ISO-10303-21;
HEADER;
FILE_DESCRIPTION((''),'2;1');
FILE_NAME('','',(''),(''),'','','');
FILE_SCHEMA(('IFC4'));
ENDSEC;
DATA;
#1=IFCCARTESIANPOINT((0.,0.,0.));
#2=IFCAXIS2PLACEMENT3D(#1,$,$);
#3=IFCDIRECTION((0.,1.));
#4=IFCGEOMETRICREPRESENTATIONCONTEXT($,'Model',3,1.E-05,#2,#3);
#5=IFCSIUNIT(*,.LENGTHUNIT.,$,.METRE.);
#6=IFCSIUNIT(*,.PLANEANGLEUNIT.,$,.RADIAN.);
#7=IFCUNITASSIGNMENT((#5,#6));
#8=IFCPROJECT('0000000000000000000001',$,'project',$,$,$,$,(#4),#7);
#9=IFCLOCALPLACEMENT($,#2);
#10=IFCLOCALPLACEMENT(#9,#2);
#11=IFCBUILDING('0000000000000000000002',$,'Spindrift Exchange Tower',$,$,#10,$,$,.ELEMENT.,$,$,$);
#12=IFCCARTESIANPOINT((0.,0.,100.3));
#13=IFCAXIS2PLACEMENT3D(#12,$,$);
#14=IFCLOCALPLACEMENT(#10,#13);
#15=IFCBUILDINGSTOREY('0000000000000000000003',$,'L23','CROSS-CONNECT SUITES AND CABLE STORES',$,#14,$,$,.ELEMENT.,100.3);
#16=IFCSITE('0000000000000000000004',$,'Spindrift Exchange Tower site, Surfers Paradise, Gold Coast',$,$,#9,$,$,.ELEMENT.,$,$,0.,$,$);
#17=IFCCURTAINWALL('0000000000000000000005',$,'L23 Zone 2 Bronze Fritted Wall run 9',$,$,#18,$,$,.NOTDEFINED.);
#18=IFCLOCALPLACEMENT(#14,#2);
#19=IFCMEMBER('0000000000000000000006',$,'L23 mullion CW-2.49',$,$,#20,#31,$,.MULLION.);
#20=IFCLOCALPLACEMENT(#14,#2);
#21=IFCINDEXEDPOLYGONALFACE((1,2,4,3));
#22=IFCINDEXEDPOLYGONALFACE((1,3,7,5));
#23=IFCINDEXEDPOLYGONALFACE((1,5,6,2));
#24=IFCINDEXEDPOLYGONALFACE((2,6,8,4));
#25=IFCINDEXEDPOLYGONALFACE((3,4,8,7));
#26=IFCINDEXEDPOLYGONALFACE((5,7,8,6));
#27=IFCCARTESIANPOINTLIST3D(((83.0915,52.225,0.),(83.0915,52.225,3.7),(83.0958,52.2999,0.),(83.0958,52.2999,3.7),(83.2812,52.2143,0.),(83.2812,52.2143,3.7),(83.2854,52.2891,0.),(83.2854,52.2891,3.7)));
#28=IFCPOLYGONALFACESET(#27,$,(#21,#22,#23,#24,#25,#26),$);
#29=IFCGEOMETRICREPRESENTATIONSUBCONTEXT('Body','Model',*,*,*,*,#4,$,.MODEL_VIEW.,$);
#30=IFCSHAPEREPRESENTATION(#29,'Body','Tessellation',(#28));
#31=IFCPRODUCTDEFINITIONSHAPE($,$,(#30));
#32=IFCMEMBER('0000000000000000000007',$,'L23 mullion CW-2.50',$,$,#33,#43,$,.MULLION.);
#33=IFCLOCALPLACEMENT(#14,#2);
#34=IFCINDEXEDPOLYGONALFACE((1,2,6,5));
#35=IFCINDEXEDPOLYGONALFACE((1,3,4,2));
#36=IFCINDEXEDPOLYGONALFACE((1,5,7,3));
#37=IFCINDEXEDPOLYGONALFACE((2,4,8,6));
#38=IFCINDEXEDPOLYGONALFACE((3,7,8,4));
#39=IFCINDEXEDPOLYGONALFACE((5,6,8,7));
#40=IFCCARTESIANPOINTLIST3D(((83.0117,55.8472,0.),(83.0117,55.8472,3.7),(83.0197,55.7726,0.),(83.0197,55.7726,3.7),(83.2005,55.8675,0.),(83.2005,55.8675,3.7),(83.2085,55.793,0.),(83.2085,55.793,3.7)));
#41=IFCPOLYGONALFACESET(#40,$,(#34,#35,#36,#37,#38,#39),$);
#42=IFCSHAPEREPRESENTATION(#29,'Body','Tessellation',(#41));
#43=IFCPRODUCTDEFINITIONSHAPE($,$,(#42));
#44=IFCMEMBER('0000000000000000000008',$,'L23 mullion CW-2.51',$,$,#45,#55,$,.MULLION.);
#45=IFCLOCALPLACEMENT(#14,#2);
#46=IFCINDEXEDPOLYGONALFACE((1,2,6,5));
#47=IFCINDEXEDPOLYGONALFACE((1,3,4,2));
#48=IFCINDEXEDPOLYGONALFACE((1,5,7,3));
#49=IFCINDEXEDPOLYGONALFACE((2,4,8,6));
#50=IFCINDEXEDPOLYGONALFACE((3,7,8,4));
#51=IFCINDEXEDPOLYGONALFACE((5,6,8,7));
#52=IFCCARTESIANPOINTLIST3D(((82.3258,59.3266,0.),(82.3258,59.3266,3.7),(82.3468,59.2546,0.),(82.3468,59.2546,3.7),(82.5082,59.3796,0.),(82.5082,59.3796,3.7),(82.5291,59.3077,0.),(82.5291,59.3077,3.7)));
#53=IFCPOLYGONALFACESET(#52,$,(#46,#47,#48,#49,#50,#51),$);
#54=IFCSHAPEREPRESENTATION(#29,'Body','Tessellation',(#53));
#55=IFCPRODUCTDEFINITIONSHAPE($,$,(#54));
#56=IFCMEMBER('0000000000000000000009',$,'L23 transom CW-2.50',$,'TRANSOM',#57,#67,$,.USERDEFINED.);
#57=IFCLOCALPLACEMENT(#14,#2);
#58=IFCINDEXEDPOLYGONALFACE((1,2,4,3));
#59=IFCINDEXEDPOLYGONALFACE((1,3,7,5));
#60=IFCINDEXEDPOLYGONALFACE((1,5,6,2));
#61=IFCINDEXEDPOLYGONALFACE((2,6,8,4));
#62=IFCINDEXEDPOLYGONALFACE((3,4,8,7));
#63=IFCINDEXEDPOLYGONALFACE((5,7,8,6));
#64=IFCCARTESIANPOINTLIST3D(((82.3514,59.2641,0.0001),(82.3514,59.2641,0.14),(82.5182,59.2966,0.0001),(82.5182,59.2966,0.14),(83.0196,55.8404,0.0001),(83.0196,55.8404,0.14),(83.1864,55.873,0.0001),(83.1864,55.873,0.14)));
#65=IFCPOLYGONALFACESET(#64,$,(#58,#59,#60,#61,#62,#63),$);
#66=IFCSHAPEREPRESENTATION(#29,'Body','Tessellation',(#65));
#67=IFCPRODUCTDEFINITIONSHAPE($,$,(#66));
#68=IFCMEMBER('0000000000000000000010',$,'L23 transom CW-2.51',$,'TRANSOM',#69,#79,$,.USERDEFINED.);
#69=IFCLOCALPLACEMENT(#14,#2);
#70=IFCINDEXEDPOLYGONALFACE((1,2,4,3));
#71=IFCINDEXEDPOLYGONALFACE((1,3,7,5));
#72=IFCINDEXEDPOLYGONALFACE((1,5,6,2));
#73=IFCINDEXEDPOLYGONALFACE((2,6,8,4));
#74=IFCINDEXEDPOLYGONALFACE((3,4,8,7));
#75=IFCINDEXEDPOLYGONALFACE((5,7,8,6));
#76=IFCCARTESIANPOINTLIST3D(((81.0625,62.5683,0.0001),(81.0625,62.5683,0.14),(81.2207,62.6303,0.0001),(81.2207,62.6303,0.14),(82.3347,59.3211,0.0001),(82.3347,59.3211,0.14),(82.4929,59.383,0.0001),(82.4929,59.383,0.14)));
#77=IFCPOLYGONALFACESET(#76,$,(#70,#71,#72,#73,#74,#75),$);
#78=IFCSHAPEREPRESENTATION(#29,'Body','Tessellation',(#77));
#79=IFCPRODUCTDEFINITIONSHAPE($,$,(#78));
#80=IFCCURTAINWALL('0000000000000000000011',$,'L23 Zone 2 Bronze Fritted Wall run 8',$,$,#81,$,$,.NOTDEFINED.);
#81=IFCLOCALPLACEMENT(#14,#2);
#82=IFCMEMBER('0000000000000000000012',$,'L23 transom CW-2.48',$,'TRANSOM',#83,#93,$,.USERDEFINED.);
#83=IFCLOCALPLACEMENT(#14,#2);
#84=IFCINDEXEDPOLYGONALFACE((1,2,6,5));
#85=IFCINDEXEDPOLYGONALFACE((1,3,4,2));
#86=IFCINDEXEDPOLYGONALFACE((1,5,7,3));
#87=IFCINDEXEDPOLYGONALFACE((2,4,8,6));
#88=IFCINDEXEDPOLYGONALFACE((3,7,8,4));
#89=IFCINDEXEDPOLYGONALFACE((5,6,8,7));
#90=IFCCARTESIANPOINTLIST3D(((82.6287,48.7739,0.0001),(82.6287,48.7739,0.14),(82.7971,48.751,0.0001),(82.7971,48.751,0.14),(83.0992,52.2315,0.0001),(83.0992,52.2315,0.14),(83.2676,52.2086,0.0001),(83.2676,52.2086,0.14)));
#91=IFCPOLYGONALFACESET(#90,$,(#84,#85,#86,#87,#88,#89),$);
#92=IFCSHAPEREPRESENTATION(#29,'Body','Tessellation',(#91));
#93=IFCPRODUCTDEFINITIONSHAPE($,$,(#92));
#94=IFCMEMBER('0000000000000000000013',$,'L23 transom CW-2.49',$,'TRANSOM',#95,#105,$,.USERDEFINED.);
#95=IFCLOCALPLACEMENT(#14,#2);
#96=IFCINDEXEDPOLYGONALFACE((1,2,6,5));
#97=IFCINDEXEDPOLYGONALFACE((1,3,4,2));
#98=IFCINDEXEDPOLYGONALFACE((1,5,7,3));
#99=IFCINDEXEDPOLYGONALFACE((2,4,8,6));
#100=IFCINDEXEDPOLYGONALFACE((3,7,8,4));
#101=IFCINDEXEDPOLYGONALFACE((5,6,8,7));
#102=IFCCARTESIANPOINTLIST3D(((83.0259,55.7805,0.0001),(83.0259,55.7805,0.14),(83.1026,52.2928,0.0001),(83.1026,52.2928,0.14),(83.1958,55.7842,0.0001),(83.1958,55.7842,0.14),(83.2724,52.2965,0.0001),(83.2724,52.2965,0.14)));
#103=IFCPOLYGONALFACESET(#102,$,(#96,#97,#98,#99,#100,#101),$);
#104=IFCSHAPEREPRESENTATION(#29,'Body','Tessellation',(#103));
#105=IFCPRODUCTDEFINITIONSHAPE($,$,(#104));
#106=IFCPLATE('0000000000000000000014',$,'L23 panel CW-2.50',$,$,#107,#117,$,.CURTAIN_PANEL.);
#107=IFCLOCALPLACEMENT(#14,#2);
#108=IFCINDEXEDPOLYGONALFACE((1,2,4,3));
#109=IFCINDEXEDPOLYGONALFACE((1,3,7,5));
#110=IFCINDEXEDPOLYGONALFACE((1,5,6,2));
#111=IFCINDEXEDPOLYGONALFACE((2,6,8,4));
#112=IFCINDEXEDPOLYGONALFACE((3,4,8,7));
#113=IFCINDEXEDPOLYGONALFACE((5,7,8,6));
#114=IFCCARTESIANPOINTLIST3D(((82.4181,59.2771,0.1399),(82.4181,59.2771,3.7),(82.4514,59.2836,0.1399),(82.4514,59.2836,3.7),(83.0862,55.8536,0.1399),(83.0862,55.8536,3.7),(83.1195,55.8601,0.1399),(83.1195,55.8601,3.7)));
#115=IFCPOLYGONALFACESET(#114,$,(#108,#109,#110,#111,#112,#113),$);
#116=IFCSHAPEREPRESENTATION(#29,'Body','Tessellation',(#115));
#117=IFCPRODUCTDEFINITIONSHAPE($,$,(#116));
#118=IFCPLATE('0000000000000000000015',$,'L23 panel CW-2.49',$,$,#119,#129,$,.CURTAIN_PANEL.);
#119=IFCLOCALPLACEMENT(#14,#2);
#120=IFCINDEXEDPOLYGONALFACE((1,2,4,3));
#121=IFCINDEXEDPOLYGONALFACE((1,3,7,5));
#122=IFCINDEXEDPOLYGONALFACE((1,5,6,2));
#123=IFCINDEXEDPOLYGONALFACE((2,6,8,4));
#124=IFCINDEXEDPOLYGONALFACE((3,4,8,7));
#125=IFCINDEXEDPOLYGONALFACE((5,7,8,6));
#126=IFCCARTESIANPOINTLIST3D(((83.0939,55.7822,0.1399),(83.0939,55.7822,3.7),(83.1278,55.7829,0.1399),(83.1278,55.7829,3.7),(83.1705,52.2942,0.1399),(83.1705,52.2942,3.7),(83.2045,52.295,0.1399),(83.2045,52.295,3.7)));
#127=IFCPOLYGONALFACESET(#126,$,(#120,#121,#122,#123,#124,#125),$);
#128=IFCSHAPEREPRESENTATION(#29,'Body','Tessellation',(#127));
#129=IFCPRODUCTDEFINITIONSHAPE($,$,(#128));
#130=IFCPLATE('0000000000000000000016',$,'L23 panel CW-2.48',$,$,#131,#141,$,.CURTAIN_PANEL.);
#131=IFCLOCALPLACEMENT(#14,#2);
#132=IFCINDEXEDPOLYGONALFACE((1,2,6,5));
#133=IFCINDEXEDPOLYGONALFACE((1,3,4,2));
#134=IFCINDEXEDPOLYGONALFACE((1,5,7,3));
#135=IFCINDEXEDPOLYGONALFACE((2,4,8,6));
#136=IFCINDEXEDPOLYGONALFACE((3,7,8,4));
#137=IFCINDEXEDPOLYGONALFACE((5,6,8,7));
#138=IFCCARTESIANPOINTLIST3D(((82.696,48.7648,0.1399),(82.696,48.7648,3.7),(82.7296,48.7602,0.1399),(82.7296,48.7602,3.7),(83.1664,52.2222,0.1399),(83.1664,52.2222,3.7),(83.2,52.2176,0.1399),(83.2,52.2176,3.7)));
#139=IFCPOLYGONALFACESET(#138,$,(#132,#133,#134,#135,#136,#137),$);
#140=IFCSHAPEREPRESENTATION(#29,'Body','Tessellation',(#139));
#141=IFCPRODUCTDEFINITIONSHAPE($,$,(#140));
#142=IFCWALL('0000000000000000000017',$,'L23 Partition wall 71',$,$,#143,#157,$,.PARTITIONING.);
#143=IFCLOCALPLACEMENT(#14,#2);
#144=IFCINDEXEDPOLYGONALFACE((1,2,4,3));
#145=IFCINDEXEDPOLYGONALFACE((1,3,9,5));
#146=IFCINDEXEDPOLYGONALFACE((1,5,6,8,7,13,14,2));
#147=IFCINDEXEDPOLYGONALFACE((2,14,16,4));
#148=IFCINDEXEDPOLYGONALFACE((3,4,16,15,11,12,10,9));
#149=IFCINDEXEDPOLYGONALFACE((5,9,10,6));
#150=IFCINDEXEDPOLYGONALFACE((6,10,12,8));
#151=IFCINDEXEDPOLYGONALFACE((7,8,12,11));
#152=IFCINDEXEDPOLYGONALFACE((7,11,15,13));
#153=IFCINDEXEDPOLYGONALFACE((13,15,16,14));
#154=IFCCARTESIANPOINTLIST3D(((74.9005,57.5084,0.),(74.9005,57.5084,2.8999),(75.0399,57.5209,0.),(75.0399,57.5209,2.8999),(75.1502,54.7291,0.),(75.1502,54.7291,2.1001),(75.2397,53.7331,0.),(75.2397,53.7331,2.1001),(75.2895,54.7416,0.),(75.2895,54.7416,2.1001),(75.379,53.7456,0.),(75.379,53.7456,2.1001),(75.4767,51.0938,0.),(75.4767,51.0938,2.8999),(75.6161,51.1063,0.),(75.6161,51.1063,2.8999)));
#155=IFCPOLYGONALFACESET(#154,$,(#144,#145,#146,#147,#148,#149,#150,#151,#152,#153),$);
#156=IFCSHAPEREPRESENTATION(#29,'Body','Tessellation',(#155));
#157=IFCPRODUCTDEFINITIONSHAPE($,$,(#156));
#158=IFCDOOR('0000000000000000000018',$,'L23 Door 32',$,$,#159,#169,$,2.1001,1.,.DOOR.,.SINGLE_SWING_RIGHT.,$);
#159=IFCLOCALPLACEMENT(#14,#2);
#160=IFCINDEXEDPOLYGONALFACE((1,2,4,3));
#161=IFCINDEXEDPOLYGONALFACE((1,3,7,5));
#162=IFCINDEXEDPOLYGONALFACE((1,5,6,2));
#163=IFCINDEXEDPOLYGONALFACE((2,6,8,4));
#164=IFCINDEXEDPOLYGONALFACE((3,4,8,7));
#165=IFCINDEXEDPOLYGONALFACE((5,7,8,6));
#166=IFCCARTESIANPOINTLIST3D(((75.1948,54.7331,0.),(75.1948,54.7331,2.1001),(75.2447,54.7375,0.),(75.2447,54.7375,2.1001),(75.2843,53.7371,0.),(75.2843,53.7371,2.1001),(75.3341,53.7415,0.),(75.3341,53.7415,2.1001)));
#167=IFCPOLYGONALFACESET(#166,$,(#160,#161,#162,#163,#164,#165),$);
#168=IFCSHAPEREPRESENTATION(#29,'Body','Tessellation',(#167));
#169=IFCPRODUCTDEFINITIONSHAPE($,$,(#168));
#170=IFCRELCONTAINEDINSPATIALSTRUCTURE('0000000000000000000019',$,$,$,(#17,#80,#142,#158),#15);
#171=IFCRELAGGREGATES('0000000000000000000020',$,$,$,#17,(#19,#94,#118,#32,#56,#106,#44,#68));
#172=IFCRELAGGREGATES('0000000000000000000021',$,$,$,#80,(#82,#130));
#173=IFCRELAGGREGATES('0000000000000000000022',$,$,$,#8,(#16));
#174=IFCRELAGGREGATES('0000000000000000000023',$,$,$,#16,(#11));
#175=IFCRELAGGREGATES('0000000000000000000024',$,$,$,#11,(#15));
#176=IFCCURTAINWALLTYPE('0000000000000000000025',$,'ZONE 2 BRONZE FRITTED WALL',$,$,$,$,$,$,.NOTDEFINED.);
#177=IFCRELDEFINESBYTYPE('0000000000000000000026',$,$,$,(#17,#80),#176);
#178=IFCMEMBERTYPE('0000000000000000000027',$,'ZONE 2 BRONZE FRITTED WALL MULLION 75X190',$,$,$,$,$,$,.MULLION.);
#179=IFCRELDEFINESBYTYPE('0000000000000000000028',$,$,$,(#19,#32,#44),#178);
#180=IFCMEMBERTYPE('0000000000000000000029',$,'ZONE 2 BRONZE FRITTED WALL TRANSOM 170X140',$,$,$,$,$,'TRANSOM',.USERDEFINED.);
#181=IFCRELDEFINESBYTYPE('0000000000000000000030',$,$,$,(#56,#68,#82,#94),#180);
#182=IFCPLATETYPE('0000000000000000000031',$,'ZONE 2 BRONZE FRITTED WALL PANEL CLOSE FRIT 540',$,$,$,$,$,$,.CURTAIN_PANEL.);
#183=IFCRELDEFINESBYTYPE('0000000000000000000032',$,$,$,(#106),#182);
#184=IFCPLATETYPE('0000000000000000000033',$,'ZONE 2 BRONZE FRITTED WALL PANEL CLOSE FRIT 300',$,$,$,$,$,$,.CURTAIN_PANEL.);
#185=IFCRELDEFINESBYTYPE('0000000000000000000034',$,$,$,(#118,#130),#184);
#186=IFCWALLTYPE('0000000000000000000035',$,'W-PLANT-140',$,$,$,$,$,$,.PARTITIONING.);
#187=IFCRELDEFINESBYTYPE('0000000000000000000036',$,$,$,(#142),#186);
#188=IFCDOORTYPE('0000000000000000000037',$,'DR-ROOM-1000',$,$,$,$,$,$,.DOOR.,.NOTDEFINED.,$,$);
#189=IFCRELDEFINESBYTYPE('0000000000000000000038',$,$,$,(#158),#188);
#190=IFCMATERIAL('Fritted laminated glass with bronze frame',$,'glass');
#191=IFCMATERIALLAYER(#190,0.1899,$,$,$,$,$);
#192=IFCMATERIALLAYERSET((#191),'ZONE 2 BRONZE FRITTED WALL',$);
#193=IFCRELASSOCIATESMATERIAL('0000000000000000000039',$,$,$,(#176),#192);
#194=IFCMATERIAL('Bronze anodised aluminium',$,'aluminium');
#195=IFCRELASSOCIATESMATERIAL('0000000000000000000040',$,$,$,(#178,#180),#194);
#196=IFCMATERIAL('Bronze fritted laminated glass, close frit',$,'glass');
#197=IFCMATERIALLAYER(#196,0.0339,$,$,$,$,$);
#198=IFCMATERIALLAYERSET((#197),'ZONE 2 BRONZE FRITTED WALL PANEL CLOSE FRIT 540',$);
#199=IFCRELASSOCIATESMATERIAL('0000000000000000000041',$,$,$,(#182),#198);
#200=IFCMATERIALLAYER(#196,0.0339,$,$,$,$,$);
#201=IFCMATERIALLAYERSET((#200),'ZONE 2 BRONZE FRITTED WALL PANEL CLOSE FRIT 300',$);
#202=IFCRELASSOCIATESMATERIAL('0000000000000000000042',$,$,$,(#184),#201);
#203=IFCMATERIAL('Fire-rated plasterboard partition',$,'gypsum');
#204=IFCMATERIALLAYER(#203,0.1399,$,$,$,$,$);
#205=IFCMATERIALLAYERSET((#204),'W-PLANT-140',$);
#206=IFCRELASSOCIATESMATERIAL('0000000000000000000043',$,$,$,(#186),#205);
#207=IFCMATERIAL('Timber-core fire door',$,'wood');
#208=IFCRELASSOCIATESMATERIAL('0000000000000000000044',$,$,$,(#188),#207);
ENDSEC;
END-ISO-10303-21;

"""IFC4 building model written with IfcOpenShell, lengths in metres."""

from ifc_helpers import new_model, si_unit, direction, frame, frame_2d, origin, origin_2d, place, context, subcontext, project, spatial, rectangle, extrude, source, transform, mapped, material, layer, layer_set, material_profile, profile_set, type_object, element, fill, aggregate, save


model = new_model("IFC4")

# Units and contexts
model_context = context("Model", 3, precision=1e-05, world=origin(), true_north=direction((0.0, 1.0)))
body_context = subcontext(model_context, "Body", "Model", "MODEL_VIEW")
ifc_project = project(units=[si_unit("LENGTHUNIT", "METRE"), si_unit("PLANEANGLEUNIT", "RADIAN")], contexts=[model_context])

# Site, building, storey
site_placement = place(None, origin())
site = spatial("IfcSite", under=ifc_project, at=site_placement, Name="Spindrift Exchange Tower site, Surfers Paradise, Gold Coast", CompositionType="ELEMENT", RefElevation=0.0)
building_placement = place(site_placement, origin())
building = spatial("IfcBuilding", under=site, at=building_placement, Name="Spindrift Exchange Tower", CompositionType="ELEMENT")
storey_placement = place(building_placement, frame((0.0, 0.0, 100.3)))
storey = spatial("IfcBuildingStorey", under=building, at=storey_placement, Name="L23", Description="CROSS-CONNECT SUITES AND CABLE STORES", CompositionType="ELEMENT", Elevation=100.3)

# Curtain wall, members
ifc_material_1 = material(Name="Fritted laminated glass with bronze frame", Category="glass")
ifc_layer_1 = layer(ifc_material_1, 0.1899)
ifc_layer_set_1 = layer_set([ifc_layer_1], Name="ZONE 2 BRONZE FRITTED WALL")
curtain_wall_type = type_object("IfcCurtainWallType", Name="ZONE 2 BRONZE FRITTED WALL", PredefinedType="NOTDEFINED", material=ifc_layer_set_1)
curtain_wall_1_placement = place(storey_placement, origin())
curtain_wall_1 = element("IfcCurtainWall", 1, at=curtain_wall_1_placement, inside=storey, type_object=curtain_wall_type, Name="L23 Zone 2 Bronze Fritted Wall run 9", PredefinedType="NOTDEFINED")
ifc_material_2 = material(Name="Bronze anodised aluminium", Category="aluminium")
ifc_material_profile_1 = material_profile(ifc_material_2, rectangle(XDim=0.075, YDim=0.1899, at=origin_2d()), Name="ZONE 2 BRONZE FRITTED WALL MULLION 75X190")
ifc_profile_set_1 = profile_set([ifc_material_profile_1], Name="Bronze anodised aluminium")
member_type_1 = type_object("IfcMemberType", Name="ZONE 2 BRONZE FRITTED WALL MULLION 75X190", PredefinedType="MULLION", material=ifc_profile_set_1)
shared_shape_1 = source(origin(), body_context, "Body", "SweptSolid", [
    extrude(rectangle(XDim=0.075, YDim=0.1899, at=origin_2d()), origin(), (0.0, 0.0, 1.0), 3.7),
])
member_1_placement = place(storey_placement, frame((83.1885, 52.2571, 0.0), z_axis=(0.0, 0.0, 1.0), x_axis=(0.056593, 0.998397, 0.0)))
member_1 = element("IfcMember", 2, at=member_1_placement, type_object=member_type_1, Name="L23 mullion CW-2.49", PredefinedType="MULLION", context=body_context, shape_type="MappedRepresentation", body=[
    mapped(shared_shape_1, transform((0.0, 0.0, 0.0), scale=1.0)),
])
member_2_placement = place(storey_placement, frame((83.1101, 55.8201, 0.0), z_axis=(0.0, 0.0, 1.0), x_axis=(-0.10715, 0.994243, 0.0)))
member_2 = element("IfcMember", 3, at=member_2_placement, type_object=member_type_1, Name="L23 mullion CW-2.50", PredefinedType="MULLION", context=body_context, shape_type="MappedRepresentation", body=[
    mapped(shared_shape_1, transform((0.0, 0.0, 0.0), scale=1.0)),
])
member_3_placement = place(storey_placement, frame((82.4275, 59.3171, 0.0), z_axis=(0.0, 0.0, 1.0), x_axis=(-0.279315, 0.960199, 0.0)))
member_3 = element("IfcMember", 4, at=member_3_placement, type_object=member_type_1, Name="L23 mullion CW-2.51", PredefinedType="MULLION", context=body_context, shape_type="MappedRepresentation", body=[
    mapped(shared_shape_1, transform((0.0, 0.0, 0.0), scale=1.0)),
])
ifc_material_profile_2 = material_profile(ifc_material_2, rectangle(XDim=0.1699, YDim=0.1399, at=origin_2d()), Name="ZONE 2 BRONZE FRITTED WALL TRANSOM 170X140")
ifc_profile_set_2 = profile_set([ifc_material_profile_2], Name="Bronze anodised aluminium")
member_type_2 = type_object("IfcMemberType", Name="ZONE 2 BRONZE FRITTED WALL TRANSOM 170X140", ElementType="TRANSOM", PredefinedType="USERDEFINED", material=ifc_profile_set_2)
shared_shape_2 = source(origin(), body_context, "Body", "SweptSolid", [
    extrude(rectangle(XDim=0.1699, YDim=0.1399, at=origin_2d()), origin(), (0.0, 0.0, 1.0), 3.4883),
])
member_4_placement = place(storey_placement, frame((83.103, 55.8567, 0.0701), z_axis=(-0.191565, 0.98148, 0.0), x_axis=(-0.98148, -0.191565, 0.0)))
member_4 = element("IfcMember", 5, at=member_4_placement, type_object=member_type_2, Name="L23 transom CW-2.50", ObjectType="TRANSOM", PredefinedType="USERDEFINED", context=body_context, shape_type="MappedRepresentation", body=[
    mapped(shared_shape_2, transform((0.0, 0.0, 0.0), scale=1.0)),
])
shared_shape_3 = source(origin(), body_context, "Body", "SweptSolid", [
    extrude(rectangle(XDim=0.1699, YDim=0.1399, at=origin_2d()), origin(), (0.0, 0.0, 1.0), 3.4875),
])
member_5_placement = place(storey_placement, frame((82.4138, 59.3521, 0.0701), z_axis=(-0.364779, 0.931094, 0.0), x_axis=(-0.931094, -0.364779, 0.0)))
member_5 = element("IfcMember", 6, at=member_5_placement, type_object=member_type_2, Name="L23 transom CW-2.51", ObjectType="TRANSOM", PredefinedType="USERDEFINED", context=body_context, shape_type="MappedRepresentation", body=[
    mapped(shared_shape_3, transform((0.0, 0.0, 0.0), scale=1.0)),
])

# Curtain wall, member
curtain_wall_2_placement = place(storey_placement, origin())
curtain_wall_2 = element("IfcCurtainWall", 7, at=curtain_wall_2_placement, inside=storey, type_object=curtain_wall_type, Name="L23 Zone 2 Bronze Fritted Wall run 8", PredefinedType="NOTDEFINED")
shared_shape_4 = source(origin(), body_context, "Body", "SweptSolid", [
    extrude(rectangle(XDim=0.1699, YDim=0.1399, at=origin_2d()), origin(), (0.0, 0.0, 1.0), 3.4895),
])
member_6_placement = place(storey_placement, frame((82.7129, 48.7625, 0.0701), z_axis=(0.134826, 0.990869, 0.0), x_axis=(-0.990869, 0.134826, 0.0)))
member_6 = element("IfcMember", 8, at=member_6_placement, type_object=member_type_2, Name="L23 transom CW-2.48", ObjectType="TRANSOM", PredefinedType="USERDEFINED", context=body_context, shape_type="MappedRepresentation", body=[
    mapped(shared_shape_4, transform((0.0, 0.0, 0.0), scale=1.0)),
])

# Member
shared_shape_5 = source(origin(), body_context, "Body", "SweptSolid", [
    extrude(rectangle(XDim=0.1699, YDim=0.1399, at=origin_2d()), origin(), (0.0, 0.0, 1.0), 3.4885),
])
member_7_placement = place(storey_placement, frame((83.1875, 52.2947, 0.0701), z_axis=(-0.021974, 0.999759, 0.0), x_axis=(-0.999759, -0.021974, 0.0)))
member_7 = element("IfcMember", 9, at=member_7_placement, type_object=member_type_2, Name="L23 transom CW-2.49", ObjectType="TRANSOM", PredefinedType="USERDEFINED", context=body_context, shape_type="MappedRepresentation", body=[
    mapped(shared_shape_5, transform((0.0, 0.0, 0.0), scale=1.0)),
])

# Plates
ifc_material_3 = material(Name="Bronze fritted laminated glass, close frit", Category="glass")
ifc_layer_2 = layer(ifc_material_3, 0.0339)
ifc_layer_set_2 = layer_set([ifc_layer_2], Name="ZONE 2 BRONZE FRITTED WALL PANEL CLOSE FRIT 540")
plate_type_1 = type_object("IfcPlateType", Name="ZONE 2 BRONZE FRITTED WALL PANEL CLOSE FRIT 540", PredefinedType="CURTAIN_PANEL", material=ifc_layer_set_2)
shared_shape_6 = source(origin(), body_context, "Body", "SweptSolid", [
    extrude(rectangle(XDim=3.488, YDim=0.0339, at=origin_2d()), origin(), (0.0, 0.0, 1.0), 3.5601),
])
plate_1_placement = place(storey_placement, frame((82.7688, 57.5686, 0.1399), z_axis=(0.0, 0.0, 1.0), x_axis=(-0.191547, 0.981483, 0.0)))
plate_1 = element("IfcPlate", 10, at=plate_1_placement, type_object=plate_type_1, Name="L23 panel CW-2.50", PredefinedType="CURTAIN_PANEL", context=body_context, shape_type="MappedRepresentation", body=[
    mapped(shared_shape_6, transform((0.0, 0.0, 0.0), scale=1.0)),
])
ifc_layer_3 = layer(ifc_material_3, 0.0339)
ifc_layer_set_3 = layer_set([ifc_layer_3], Name="ZONE 2 BRONZE FRITTED WALL PANEL CLOSE FRIT 300")
plate_type_2 = type_object("IfcPlateType", Name="ZONE 2 BRONZE FRITTED WALL PANEL CLOSE FRIT 300", PredefinedType="CURTAIN_PANEL", material=ifc_layer_set_3)
shared_shape_7 = source(origin(), body_context, "Body", "SweptSolid", [
    extrude(rectangle(XDim=3.4888, YDim=0.0339, at=origin_2d()), origin(), (0.0, 0.0, 1.0), 3.5601),
])
plate_2_placement = place(storey_placement, frame((83.1492, 54.0386, 0.1399), z_axis=(0.0, 0.0, 1.0), x_axis=(-0.021972, 0.999759, 0.0)))
plate_2 = element("IfcPlate", 11, at=plate_2_placement, type_object=plate_type_2, Name="L23 panel CW-2.49", PredefinedType="CURTAIN_PANEL", context=body_context, shape_type="MappedRepresentation", body=[
    mapped(shared_shape_7, transform((0.0, 0.0, 0.0), scale=1.0)),
])
aggregate(curtain_wall_1, [member_1, member_7, plate_2, member_2, member_4, plate_1, member_3, member_5])
shared_shape_8 = source(origin(), body_context, "Body", "SweptSolid", [
    extrude(rectangle(XDim=3.4893, YDim=0.0339, at=origin_2d()), origin(), (0.0, 0.0, 1.0), 3.5601),
])
plate_3_placement = place(storey_placement, frame((82.948, 50.4912, 0.1399), z_axis=(0.0, 0.0, 1.0), x_axis=(0.134808, 0.990872, 0.0)))
plate_3 = element("IfcPlate", 12, at=plate_3_placement, type_object=plate_type_2, Name="L23 panel CW-2.48", PredefinedType="CURTAIN_PANEL", context=body_context, shape_type="MappedRepresentation", body=[
    mapped(shared_shape_8, transform((0.0, 0.0, 0.0), scale=1.0)),
])
aggregate(curtain_wall_2, [member_6, plate_3])

# Wall, opening, door
ifc_material_4 = material(Name="Fire-rated plasterboard partition", Category="gypsum")
ifc_layer_4 = layer(ifc_material_4, 0.1399)
ifc_layer_set_4 = layer_set([ifc_layer_4], Name="W-PLANT-140")
wall_type = type_object("IfcWallType", Name="W-PLANT-140", PredefinedType="PARTITIONING", material=ifc_layer_set_4)
wall_1_placement = place(storey_placement, frame((74.9702, 57.5146, 0.0), z_axis=(0.0, 0.0, 1.0), x_axis=(0.089462, -0.99599, 0.0)))
wall_1 = element("IfcWall", 13, at=wall_1_placement, inside=storey, type_object=wall_type, Name="L23 Partition wall 71", PredefinedType="PARTITIONING", context=body_context, shape_type="SweptSolid", body=[
    extrude(rectangle(XDim=6.4404, YDim=0.1399, at=frame_2d((3.2202, 0.0))), origin(), (0.0, 0.0, 1.0), 2.8999),
])
opening_1_placement = place(wall_1_placement, frame((2.7905, 0.0, 0.0)))
opening_1 = element("IfcOpeningElement", 14, at=opening_1_placement, cuts=wall_1, PredefinedType="OPENING", context=body_context, shape_type="SweptSolid", body=[
    extrude(rectangle(XDim=1.0, YDim=2.1001, at=frame_2d((0.5, 1.05))), frame((0.0, 0.0798, 0.0), z_axis=(0.0, -1.0, 0.0), x_axis=(1.0, 0.0, 0.0)), (0.0, 0.0, 1.0), 0.1599),
])
ifc_material_5 = material(Name="Timber-core fire door", Category="wood")
door_type = type_object("IfcDoorType", Name="DR-ROOM-1000", OperationType="NOTDEFINED", PredefinedType="DOOR", material=ifc_material_5)
shared_shape_9 = source(origin(), body_context, "Body", "SweptSolid", [
    extrude(rectangle(XDim=1.0, YDim=2.1001, at=frame_2d((0.5, 1.05))), frame((0.0, 0.0249, 0.0), z_axis=(0.0, -1.0, 0.0), x_axis=(1.0, 0.0, 0.0)), (0.0, 0.0, 1.0), 0.05),
])
door_1_placement = place(opening_1_placement, origin())
door_1 = element("IfcDoor", 15, at=door_1_placement, inside=storey, type_object=door_type, Name="L23 Door 32", OperationType="SINGLE_SWING_RIGHT", OverallHeight=2.1001, OverallWidth=1.0, PredefinedType="DOOR", context=body_context, shape_type="MappedRepresentation", body=[
    mapped(shared_shape_9, transform((0.0, 0.0, 0.0), scale=1.0)),
])
fill(opening_1, door_1)

save(model, "model.ifc")
